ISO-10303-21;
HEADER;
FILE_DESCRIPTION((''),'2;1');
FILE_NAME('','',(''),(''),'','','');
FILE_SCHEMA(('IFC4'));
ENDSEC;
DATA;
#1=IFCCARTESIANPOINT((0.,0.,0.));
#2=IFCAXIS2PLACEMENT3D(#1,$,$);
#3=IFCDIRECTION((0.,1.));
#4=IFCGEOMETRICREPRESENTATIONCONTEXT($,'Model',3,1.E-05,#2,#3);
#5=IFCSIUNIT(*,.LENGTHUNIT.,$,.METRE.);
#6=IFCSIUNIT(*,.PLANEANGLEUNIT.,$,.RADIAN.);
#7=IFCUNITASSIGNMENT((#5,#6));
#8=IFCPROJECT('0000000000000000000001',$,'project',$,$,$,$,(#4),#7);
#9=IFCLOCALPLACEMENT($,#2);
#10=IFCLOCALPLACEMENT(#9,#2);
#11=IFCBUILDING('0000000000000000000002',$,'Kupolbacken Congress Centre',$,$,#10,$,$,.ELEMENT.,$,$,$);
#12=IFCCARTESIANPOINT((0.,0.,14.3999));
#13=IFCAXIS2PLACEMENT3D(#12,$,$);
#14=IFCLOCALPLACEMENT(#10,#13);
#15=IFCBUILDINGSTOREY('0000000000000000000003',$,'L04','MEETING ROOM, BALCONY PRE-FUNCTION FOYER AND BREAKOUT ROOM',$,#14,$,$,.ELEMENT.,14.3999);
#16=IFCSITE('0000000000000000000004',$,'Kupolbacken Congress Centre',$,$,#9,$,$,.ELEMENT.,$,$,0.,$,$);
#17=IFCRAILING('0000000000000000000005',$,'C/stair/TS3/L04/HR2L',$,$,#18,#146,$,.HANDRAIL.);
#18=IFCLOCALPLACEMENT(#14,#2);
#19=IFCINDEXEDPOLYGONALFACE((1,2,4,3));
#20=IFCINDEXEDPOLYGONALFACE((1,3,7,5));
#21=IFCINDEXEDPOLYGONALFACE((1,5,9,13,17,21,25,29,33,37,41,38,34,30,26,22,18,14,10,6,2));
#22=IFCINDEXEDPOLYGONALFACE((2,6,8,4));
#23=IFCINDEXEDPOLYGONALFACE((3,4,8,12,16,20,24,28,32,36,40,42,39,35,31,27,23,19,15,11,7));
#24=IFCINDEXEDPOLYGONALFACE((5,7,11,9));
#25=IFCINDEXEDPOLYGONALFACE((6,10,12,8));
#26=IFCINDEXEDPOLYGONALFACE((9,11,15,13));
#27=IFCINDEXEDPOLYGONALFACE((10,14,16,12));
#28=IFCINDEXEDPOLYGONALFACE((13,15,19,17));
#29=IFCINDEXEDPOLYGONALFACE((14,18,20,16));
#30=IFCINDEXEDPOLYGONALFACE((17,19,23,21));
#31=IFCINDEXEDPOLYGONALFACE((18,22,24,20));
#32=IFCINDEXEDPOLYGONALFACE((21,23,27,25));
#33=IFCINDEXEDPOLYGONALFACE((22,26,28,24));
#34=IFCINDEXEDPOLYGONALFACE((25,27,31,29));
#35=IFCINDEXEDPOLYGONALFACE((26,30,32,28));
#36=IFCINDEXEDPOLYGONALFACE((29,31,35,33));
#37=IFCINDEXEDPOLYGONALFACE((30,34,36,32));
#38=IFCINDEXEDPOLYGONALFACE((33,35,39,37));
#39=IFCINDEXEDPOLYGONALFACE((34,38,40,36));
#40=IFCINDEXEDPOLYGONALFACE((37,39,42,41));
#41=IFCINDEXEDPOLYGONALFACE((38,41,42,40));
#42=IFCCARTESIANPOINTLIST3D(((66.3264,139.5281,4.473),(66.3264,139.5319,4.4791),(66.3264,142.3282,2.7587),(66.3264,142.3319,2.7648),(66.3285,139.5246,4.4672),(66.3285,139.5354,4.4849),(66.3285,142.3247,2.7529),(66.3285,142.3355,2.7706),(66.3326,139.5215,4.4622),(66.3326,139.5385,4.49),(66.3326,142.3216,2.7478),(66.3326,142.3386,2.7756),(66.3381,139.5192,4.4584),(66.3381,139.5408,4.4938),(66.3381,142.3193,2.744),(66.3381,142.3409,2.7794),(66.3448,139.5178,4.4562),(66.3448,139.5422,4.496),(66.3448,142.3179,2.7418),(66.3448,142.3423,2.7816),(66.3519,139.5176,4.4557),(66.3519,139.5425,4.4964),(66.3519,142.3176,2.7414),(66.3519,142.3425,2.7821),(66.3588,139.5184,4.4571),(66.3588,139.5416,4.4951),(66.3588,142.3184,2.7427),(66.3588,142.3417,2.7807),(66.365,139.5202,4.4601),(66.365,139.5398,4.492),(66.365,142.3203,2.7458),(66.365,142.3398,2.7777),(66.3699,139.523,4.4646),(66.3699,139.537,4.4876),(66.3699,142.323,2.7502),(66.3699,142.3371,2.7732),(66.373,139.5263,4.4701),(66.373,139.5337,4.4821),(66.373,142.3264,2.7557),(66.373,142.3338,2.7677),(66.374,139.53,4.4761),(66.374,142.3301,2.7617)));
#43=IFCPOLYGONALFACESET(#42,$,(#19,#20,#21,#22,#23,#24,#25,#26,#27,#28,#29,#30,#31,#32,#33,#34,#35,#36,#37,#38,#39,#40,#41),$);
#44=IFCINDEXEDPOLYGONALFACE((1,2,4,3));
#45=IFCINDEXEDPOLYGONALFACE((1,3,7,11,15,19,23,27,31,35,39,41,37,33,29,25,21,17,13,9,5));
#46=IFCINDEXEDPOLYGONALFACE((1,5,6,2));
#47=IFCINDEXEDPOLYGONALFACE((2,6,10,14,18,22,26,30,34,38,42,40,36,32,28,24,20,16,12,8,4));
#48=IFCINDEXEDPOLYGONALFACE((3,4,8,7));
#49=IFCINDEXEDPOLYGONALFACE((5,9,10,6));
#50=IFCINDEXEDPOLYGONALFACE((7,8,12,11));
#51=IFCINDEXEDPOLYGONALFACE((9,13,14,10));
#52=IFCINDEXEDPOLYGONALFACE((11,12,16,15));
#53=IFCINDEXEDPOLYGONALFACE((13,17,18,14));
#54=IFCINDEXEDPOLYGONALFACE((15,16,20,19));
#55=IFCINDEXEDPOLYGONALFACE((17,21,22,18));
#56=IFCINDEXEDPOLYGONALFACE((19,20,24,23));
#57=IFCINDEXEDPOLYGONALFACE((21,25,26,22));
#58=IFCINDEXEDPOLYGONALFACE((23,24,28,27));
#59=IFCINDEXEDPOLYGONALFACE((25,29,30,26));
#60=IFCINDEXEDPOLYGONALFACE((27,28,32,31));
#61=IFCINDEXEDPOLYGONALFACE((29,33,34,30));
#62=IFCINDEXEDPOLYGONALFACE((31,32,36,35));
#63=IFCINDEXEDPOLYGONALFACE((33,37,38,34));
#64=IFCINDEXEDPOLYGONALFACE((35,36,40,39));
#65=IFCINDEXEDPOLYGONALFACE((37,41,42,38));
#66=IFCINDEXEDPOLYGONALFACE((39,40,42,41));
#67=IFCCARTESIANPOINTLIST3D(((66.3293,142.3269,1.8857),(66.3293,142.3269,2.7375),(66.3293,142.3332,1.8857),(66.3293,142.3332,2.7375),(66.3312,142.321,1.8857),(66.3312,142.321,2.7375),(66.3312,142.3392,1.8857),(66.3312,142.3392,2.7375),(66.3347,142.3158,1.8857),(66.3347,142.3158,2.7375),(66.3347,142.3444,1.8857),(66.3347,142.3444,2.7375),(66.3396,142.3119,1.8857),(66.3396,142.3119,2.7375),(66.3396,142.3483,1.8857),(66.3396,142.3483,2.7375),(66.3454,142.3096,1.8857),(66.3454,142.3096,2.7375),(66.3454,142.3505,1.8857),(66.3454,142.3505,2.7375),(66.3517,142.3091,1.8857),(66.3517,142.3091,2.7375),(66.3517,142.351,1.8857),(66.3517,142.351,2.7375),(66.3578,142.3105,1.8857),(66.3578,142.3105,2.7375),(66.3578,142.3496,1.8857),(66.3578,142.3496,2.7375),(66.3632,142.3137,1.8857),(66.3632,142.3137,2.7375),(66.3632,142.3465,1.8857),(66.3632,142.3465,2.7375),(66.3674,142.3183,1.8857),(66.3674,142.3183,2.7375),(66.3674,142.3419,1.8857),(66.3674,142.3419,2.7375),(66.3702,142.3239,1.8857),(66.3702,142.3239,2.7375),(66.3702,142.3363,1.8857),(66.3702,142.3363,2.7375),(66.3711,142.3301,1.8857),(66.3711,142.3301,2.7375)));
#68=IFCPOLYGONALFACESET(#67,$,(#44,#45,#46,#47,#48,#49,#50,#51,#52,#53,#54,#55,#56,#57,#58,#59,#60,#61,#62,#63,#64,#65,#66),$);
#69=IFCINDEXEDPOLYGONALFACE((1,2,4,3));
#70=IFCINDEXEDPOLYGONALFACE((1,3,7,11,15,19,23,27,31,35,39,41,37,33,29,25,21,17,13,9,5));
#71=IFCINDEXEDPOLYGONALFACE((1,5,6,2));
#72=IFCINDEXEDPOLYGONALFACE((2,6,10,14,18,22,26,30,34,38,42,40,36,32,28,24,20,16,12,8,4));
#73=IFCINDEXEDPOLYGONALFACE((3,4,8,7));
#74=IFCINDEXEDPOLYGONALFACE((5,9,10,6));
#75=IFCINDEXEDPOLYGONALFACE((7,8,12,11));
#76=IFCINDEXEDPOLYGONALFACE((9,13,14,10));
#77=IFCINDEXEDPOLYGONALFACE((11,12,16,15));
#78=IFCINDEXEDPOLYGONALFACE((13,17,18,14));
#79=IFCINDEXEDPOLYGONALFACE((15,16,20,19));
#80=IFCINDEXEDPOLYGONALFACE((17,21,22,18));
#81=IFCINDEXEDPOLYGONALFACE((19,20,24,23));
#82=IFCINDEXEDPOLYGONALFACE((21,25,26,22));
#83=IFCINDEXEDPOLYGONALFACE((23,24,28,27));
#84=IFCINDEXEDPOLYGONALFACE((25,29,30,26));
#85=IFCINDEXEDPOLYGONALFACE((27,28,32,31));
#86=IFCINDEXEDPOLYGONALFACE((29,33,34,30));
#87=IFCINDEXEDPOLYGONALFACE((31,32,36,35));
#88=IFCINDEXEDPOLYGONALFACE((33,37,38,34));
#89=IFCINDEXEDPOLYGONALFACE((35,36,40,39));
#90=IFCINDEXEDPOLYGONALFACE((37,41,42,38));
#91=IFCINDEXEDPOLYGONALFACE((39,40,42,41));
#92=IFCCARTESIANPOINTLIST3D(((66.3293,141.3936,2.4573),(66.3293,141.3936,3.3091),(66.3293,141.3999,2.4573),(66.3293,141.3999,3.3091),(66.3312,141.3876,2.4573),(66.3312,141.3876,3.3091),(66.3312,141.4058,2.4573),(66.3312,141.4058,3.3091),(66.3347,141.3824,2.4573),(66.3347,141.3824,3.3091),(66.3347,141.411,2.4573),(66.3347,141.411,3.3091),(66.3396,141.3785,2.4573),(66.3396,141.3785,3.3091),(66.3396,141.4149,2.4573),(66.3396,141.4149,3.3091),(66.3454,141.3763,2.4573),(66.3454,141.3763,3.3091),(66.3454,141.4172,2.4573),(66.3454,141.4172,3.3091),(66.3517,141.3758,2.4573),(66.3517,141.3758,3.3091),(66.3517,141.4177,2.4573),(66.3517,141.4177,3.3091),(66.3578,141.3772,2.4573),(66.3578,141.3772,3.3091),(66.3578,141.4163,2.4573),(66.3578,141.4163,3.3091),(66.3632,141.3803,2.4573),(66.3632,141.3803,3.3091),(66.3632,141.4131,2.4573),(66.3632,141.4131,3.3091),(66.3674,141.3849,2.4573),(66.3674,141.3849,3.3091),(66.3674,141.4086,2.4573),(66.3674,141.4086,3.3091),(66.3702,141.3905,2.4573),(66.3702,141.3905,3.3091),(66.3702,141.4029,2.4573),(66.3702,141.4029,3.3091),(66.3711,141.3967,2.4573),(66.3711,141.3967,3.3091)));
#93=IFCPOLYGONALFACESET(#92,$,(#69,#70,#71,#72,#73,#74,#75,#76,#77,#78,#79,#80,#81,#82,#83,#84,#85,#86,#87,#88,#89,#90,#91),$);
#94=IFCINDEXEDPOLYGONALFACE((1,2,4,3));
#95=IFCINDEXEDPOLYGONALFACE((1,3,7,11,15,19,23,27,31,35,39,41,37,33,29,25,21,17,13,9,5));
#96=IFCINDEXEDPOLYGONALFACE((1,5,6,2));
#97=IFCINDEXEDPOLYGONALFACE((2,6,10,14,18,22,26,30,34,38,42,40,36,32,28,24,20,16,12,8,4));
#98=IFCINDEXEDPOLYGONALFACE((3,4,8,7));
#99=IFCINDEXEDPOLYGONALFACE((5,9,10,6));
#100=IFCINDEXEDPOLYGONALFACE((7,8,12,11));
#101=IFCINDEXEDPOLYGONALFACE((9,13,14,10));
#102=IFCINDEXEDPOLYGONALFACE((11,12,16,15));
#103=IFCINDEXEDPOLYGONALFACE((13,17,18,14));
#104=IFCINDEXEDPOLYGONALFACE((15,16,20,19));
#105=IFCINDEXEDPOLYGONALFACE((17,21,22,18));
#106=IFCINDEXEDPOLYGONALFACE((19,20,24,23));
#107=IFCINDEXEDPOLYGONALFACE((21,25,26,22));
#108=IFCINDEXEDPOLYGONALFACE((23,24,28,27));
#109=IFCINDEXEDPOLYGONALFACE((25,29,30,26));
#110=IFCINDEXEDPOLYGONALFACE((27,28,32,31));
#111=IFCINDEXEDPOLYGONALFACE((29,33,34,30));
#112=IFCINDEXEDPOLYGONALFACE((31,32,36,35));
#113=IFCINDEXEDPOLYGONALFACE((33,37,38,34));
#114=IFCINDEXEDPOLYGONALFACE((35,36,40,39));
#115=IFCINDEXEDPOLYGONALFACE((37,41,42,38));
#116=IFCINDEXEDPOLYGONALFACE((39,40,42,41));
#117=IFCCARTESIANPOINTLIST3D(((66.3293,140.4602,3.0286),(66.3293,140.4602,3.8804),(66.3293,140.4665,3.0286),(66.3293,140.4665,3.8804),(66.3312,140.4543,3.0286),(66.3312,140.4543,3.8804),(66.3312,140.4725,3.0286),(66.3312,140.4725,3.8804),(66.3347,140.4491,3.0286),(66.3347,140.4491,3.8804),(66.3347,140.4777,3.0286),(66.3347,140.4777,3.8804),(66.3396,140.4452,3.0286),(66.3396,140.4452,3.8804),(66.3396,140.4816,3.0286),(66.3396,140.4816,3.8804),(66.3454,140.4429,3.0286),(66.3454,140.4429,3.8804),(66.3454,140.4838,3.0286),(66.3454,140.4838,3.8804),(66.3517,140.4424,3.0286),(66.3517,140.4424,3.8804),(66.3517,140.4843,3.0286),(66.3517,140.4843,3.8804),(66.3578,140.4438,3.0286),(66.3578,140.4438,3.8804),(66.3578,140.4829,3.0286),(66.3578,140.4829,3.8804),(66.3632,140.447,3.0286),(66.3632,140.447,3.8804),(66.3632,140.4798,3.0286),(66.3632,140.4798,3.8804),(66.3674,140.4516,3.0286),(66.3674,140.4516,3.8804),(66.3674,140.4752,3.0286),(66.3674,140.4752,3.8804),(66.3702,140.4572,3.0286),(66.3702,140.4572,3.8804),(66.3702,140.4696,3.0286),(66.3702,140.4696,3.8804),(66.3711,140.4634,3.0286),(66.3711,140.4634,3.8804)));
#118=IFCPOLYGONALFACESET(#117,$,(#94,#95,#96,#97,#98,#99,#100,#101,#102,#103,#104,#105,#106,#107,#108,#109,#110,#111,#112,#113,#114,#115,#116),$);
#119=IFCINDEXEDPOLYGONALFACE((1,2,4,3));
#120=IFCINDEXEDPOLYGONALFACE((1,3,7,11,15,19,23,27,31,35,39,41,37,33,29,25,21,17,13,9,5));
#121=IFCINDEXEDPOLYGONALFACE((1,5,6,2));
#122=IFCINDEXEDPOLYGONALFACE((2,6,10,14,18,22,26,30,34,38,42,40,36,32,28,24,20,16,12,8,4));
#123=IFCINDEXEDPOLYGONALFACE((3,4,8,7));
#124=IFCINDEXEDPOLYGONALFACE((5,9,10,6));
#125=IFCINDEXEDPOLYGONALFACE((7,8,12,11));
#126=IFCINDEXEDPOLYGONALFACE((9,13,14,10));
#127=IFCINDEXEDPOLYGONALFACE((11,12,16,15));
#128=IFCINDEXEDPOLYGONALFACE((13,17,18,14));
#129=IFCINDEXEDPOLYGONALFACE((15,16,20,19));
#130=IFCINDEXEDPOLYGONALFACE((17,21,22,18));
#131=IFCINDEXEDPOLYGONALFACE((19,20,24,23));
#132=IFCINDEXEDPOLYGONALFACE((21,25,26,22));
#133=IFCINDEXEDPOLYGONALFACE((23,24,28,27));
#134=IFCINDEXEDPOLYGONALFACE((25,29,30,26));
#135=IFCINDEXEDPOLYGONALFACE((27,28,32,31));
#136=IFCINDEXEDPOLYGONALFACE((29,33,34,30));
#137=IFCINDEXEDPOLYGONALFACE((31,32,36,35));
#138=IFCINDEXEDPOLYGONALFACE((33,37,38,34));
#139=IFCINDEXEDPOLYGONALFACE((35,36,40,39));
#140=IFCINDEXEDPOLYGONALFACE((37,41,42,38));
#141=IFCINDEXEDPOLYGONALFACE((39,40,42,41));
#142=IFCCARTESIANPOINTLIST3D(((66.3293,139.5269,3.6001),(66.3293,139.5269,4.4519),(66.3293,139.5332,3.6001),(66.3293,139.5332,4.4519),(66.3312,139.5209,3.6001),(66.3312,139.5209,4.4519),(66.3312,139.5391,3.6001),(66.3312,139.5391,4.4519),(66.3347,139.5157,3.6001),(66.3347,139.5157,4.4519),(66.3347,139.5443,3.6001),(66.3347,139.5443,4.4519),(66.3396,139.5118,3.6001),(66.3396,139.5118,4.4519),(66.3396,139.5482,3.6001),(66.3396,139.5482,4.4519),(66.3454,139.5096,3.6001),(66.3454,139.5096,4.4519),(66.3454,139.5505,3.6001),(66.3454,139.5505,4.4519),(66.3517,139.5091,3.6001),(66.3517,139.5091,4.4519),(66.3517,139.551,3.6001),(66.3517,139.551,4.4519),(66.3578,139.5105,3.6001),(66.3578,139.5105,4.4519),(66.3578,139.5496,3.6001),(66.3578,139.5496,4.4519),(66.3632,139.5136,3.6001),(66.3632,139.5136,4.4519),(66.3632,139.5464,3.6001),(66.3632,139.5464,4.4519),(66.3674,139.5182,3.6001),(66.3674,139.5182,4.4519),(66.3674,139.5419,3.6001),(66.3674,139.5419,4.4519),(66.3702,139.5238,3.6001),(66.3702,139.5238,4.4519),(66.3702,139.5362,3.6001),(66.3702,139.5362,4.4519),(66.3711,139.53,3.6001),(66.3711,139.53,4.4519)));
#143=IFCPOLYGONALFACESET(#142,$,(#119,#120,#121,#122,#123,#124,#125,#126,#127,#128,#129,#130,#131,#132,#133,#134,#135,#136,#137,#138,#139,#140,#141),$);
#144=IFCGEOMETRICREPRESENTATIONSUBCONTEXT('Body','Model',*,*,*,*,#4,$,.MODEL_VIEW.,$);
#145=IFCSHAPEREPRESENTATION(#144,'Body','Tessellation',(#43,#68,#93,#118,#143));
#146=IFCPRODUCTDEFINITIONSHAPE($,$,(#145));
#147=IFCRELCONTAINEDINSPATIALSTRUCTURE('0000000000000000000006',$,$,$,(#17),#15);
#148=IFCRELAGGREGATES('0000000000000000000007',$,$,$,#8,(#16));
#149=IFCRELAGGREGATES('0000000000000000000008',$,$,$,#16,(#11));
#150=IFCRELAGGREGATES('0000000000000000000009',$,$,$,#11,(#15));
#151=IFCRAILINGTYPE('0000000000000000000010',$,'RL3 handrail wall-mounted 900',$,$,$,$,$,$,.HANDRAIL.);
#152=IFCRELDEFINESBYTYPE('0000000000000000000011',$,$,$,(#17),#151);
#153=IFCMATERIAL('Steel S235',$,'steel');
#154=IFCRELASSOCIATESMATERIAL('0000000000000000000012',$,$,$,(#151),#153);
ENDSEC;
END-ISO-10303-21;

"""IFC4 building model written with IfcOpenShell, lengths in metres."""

from ifc_helpers import new_model, si_unit, direction, frame, origin, origin_2d, place, context, subcontext, project, spatial, circle, extrude, material, type_object, element, save


model = new_model("IFC4")

# Units and contexts
model_context = context("Model", 3, precision=1e-05, world=origin(), true_north=direction((0.0, 1.0)))
body_context = subcontext(model_context, "Body", "Model", "MODEL_VIEW")
ifc_project = project(units=[si_unit("LENGTHUNIT", "METRE"), si_unit("PLANEANGLEUNIT", "RADIAN")], contexts=[model_context])

# Site, building, storey
site_placement = place(None, origin())
site = spatial("IfcSite", under=ifc_project, at=site_placement, Name="Kupolbacken Congress Centre", CompositionType="ELEMENT", RefElevation=0.0)
building_placement = place(site_placement, origin())
building = spatial("IfcBuilding", under=site, at=building_placement, Name="Kupolbacken Congress Centre", CompositionType="ELEMENT")
storey_placement = place(building_placement, frame((0.0, 0.0, 14.3999)))
storey = spatial("IfcBuildingStorey", under=building, at=storey_placement, Name="L04", Description="MEETING ROOM, BALCONY PRE-FUNCTION FOYER AND BREAKOUT ROOM", CompositionType="ELEMENT", Elevation=14.3999)

# Railing
ifc_material_1 = material(Name="Steel S235", Category="steel")
railing_type = type_object("IfcRailingType", Name="RL3 handrail wall-mounted 900", PredefinedType="HANDRAIL", material=ifc_material_1)
for number, where, name in (
    (1, (66.3501, 142.3301, 1.8857), "C/stair/TS3/L04/HR2L"),
):
    element("IfcRailing", number, at=place(storey_placement, frame(where)), inside=storey, type_object=railing_type, Name=name, PredefinedType="HANDRAIL", context=body_context, shape_type="SweptSolid", body=[
        extrude(circle(Radius=0.0239, at=origin_2d()), frame((0.0, 0.0, 0.876), z_axis=(0.0, -0.852846, 0.522163), x_axis=(1.0, 0.0, 0.0)), (0.0, 0.0, 1.0), 3.2832),
        extrude(circle(Radius=0.021, at=origin_2d()), origin(), (0.0, 0.0, 1.0), 0.8518),
        extrude(circle(Radius=0.021, at=origin_2d()), frame((0.0, -0.9333, 0.5715)), (0.0, 0.0, 1.0), 0.8518),
        extrude(circle(Radius=0.021, at=origin_2d()), frame((0.0, -1.8667, 1.1428)), (0.0, 0.0, 1.0), 0.8518),
        extrude(circle(Radius=0.021, at=origin_2d()), frame((0.0, -2.8, 1.7144)), (0.0, 0.0, 1.0), 0.8518),
    ])

save(model, "model.ifc")
